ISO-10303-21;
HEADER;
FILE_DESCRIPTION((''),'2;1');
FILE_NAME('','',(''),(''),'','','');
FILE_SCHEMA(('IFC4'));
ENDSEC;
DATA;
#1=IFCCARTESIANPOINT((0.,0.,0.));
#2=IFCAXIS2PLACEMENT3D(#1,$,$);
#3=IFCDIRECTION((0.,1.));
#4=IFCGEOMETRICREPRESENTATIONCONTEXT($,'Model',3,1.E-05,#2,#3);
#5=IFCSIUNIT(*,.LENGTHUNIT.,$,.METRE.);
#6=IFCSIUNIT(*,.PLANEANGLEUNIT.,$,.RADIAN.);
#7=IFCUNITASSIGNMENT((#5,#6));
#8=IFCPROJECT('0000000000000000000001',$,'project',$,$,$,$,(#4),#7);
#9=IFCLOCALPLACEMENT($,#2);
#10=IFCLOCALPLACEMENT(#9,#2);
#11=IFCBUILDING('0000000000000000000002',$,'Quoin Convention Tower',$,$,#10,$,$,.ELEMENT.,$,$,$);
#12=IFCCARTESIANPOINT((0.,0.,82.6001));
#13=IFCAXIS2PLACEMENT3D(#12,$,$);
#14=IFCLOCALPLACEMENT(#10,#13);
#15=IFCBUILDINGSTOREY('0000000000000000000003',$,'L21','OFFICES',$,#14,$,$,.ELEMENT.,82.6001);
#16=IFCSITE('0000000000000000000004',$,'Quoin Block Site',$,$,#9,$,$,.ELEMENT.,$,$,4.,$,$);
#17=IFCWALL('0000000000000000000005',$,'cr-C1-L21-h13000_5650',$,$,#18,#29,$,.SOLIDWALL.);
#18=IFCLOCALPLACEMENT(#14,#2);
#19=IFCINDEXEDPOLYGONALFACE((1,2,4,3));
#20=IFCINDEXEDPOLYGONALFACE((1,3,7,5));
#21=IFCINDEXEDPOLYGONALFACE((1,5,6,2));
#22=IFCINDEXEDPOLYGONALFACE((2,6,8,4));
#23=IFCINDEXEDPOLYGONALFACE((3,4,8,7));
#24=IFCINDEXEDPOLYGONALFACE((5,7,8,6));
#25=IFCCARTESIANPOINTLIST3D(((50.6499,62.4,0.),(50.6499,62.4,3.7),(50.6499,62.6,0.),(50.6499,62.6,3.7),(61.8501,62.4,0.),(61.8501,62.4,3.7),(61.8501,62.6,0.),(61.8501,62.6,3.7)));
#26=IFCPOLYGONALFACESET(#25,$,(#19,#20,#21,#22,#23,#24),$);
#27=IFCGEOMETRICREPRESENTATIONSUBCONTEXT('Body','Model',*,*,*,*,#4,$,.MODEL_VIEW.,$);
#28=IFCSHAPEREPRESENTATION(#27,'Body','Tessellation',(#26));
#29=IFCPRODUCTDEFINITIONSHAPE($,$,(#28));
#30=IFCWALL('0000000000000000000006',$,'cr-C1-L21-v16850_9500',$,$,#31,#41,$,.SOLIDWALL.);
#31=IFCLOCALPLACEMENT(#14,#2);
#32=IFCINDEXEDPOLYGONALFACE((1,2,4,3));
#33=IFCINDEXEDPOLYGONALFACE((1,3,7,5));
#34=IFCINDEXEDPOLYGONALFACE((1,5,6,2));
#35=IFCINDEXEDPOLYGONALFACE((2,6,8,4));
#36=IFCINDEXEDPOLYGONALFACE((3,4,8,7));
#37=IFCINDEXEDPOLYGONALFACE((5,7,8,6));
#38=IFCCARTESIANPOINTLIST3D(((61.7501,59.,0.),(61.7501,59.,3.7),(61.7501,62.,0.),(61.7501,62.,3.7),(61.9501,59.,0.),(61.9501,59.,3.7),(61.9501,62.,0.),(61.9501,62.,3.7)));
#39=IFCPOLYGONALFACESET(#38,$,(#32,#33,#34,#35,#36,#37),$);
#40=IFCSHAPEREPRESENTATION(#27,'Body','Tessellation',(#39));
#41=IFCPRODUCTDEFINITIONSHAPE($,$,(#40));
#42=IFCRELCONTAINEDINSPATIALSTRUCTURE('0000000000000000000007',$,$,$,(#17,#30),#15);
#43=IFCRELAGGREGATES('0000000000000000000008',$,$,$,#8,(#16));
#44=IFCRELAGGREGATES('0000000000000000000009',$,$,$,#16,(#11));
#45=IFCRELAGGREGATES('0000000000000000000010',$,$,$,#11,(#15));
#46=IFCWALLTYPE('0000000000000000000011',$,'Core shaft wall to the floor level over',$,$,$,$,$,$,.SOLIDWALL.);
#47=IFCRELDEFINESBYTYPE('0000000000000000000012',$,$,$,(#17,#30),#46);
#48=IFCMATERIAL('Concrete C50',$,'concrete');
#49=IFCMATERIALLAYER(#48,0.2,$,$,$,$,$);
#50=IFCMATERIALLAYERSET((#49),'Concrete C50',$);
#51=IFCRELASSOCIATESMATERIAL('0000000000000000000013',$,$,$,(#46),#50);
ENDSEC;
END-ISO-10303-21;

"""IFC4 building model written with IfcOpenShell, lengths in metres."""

from ifc_helpers import new_model, si_unit, direction, frame, frame_2d, origin, place, context, subcontext, project, spatial, rectangle, extrude, material, layer, layer_set, type_object, element, save


model = new_model("IFC4")

# Units and contexts
model_context = context("Model", 3, precision=1e-05, world=origin(), true_north=direction((0.0, 1.0)))
body_context = subcontext(model_context, "Body", "Model", "MODEL_VIEW")
ifc_project = project(units=[si_unit("LENGTHUNIT", "METRE"), si_unit("PLANEANGLEUNIT", "RADIAN")], contexts=[model_context])

# Site, building, storey
site_placement = place(None, origin())
site = spatial("IfcSite", under=ifc_project, at=site_placement, Name="Quoin Block Site", CompositionType="ELEMENT", RefElevation=4.0)
building_placement = place(site_placement, origin())
building = spatial("IfcBuilding", under=site, at=building_placement, Name="Quoin Convention Tower", CompositionType="ELEMENT")
storey_placement = place(building_placement, frame((0.0, 0.0, 82.6001)))
storey = spatial("IfcBuildingStorey", under=building, at=storey_placement, Name="L21", Description="OFFICES", CompositionType="ELEMENT", Elevation=82.6001)

# Walls
ifc_material_1 = material(Name="Concrete C50", Category="concrete")
ifc_layer_1 = layer(ifc_material_1, 0.2)
ifc_layer_set_1 = layer_set([ifc_layer_1], Name="Concrete C50")
wall_type_1 = type_object("IfcWallType", Name="Core shaft wall to the floor level over", PredefinedType="SOLIDWALL", material=ifc_layer_set_1)
wall_1_placement = place(storey_placement, frame((50.6499, 62.5, 0.0), z_axis=(0.0, 0.0, 1.0), x_axis=(1.0, 0.0, 0.0)))
element("IfcWall", 1, at=wall_1_placement, inside=storey, type_object=wall_type_1, Name="cr-C1-L21-h13000_5650", PredefinedType="SOLIDWALL", context=body_context, shape_type="SweptSolid", body=[
    extrude(rectangle(XDim=11.2002, YDim=0.2, at=frame_2d((5.6001, 0.0))), origin(), (0.0, 0.0, 1.0), 3.7),
])
wall_2_placement = place(storey_placement, frame((61.8501, 59.0, 0.0), z_axis=(0.0, 0.0, 1.0), x_axis=(0.0, 1.0, 0.0)))
element("IfcWall", 2, at=wall_2_placement, inside=storey, type_object=wall_type_1, Name="cr-C1-L21-v16850_9500", PredefinedType="SOLIDWALL", context=body_context, shape_type="SweptSolid", body=[
    extrude(rectangle(XDim=3.0, YDim=0.2, at=frame_2d((1.5, 0.0))), origin(), (0.0, 0.0, 1.0), 3.7),
])

save(model, "model.ifc")
